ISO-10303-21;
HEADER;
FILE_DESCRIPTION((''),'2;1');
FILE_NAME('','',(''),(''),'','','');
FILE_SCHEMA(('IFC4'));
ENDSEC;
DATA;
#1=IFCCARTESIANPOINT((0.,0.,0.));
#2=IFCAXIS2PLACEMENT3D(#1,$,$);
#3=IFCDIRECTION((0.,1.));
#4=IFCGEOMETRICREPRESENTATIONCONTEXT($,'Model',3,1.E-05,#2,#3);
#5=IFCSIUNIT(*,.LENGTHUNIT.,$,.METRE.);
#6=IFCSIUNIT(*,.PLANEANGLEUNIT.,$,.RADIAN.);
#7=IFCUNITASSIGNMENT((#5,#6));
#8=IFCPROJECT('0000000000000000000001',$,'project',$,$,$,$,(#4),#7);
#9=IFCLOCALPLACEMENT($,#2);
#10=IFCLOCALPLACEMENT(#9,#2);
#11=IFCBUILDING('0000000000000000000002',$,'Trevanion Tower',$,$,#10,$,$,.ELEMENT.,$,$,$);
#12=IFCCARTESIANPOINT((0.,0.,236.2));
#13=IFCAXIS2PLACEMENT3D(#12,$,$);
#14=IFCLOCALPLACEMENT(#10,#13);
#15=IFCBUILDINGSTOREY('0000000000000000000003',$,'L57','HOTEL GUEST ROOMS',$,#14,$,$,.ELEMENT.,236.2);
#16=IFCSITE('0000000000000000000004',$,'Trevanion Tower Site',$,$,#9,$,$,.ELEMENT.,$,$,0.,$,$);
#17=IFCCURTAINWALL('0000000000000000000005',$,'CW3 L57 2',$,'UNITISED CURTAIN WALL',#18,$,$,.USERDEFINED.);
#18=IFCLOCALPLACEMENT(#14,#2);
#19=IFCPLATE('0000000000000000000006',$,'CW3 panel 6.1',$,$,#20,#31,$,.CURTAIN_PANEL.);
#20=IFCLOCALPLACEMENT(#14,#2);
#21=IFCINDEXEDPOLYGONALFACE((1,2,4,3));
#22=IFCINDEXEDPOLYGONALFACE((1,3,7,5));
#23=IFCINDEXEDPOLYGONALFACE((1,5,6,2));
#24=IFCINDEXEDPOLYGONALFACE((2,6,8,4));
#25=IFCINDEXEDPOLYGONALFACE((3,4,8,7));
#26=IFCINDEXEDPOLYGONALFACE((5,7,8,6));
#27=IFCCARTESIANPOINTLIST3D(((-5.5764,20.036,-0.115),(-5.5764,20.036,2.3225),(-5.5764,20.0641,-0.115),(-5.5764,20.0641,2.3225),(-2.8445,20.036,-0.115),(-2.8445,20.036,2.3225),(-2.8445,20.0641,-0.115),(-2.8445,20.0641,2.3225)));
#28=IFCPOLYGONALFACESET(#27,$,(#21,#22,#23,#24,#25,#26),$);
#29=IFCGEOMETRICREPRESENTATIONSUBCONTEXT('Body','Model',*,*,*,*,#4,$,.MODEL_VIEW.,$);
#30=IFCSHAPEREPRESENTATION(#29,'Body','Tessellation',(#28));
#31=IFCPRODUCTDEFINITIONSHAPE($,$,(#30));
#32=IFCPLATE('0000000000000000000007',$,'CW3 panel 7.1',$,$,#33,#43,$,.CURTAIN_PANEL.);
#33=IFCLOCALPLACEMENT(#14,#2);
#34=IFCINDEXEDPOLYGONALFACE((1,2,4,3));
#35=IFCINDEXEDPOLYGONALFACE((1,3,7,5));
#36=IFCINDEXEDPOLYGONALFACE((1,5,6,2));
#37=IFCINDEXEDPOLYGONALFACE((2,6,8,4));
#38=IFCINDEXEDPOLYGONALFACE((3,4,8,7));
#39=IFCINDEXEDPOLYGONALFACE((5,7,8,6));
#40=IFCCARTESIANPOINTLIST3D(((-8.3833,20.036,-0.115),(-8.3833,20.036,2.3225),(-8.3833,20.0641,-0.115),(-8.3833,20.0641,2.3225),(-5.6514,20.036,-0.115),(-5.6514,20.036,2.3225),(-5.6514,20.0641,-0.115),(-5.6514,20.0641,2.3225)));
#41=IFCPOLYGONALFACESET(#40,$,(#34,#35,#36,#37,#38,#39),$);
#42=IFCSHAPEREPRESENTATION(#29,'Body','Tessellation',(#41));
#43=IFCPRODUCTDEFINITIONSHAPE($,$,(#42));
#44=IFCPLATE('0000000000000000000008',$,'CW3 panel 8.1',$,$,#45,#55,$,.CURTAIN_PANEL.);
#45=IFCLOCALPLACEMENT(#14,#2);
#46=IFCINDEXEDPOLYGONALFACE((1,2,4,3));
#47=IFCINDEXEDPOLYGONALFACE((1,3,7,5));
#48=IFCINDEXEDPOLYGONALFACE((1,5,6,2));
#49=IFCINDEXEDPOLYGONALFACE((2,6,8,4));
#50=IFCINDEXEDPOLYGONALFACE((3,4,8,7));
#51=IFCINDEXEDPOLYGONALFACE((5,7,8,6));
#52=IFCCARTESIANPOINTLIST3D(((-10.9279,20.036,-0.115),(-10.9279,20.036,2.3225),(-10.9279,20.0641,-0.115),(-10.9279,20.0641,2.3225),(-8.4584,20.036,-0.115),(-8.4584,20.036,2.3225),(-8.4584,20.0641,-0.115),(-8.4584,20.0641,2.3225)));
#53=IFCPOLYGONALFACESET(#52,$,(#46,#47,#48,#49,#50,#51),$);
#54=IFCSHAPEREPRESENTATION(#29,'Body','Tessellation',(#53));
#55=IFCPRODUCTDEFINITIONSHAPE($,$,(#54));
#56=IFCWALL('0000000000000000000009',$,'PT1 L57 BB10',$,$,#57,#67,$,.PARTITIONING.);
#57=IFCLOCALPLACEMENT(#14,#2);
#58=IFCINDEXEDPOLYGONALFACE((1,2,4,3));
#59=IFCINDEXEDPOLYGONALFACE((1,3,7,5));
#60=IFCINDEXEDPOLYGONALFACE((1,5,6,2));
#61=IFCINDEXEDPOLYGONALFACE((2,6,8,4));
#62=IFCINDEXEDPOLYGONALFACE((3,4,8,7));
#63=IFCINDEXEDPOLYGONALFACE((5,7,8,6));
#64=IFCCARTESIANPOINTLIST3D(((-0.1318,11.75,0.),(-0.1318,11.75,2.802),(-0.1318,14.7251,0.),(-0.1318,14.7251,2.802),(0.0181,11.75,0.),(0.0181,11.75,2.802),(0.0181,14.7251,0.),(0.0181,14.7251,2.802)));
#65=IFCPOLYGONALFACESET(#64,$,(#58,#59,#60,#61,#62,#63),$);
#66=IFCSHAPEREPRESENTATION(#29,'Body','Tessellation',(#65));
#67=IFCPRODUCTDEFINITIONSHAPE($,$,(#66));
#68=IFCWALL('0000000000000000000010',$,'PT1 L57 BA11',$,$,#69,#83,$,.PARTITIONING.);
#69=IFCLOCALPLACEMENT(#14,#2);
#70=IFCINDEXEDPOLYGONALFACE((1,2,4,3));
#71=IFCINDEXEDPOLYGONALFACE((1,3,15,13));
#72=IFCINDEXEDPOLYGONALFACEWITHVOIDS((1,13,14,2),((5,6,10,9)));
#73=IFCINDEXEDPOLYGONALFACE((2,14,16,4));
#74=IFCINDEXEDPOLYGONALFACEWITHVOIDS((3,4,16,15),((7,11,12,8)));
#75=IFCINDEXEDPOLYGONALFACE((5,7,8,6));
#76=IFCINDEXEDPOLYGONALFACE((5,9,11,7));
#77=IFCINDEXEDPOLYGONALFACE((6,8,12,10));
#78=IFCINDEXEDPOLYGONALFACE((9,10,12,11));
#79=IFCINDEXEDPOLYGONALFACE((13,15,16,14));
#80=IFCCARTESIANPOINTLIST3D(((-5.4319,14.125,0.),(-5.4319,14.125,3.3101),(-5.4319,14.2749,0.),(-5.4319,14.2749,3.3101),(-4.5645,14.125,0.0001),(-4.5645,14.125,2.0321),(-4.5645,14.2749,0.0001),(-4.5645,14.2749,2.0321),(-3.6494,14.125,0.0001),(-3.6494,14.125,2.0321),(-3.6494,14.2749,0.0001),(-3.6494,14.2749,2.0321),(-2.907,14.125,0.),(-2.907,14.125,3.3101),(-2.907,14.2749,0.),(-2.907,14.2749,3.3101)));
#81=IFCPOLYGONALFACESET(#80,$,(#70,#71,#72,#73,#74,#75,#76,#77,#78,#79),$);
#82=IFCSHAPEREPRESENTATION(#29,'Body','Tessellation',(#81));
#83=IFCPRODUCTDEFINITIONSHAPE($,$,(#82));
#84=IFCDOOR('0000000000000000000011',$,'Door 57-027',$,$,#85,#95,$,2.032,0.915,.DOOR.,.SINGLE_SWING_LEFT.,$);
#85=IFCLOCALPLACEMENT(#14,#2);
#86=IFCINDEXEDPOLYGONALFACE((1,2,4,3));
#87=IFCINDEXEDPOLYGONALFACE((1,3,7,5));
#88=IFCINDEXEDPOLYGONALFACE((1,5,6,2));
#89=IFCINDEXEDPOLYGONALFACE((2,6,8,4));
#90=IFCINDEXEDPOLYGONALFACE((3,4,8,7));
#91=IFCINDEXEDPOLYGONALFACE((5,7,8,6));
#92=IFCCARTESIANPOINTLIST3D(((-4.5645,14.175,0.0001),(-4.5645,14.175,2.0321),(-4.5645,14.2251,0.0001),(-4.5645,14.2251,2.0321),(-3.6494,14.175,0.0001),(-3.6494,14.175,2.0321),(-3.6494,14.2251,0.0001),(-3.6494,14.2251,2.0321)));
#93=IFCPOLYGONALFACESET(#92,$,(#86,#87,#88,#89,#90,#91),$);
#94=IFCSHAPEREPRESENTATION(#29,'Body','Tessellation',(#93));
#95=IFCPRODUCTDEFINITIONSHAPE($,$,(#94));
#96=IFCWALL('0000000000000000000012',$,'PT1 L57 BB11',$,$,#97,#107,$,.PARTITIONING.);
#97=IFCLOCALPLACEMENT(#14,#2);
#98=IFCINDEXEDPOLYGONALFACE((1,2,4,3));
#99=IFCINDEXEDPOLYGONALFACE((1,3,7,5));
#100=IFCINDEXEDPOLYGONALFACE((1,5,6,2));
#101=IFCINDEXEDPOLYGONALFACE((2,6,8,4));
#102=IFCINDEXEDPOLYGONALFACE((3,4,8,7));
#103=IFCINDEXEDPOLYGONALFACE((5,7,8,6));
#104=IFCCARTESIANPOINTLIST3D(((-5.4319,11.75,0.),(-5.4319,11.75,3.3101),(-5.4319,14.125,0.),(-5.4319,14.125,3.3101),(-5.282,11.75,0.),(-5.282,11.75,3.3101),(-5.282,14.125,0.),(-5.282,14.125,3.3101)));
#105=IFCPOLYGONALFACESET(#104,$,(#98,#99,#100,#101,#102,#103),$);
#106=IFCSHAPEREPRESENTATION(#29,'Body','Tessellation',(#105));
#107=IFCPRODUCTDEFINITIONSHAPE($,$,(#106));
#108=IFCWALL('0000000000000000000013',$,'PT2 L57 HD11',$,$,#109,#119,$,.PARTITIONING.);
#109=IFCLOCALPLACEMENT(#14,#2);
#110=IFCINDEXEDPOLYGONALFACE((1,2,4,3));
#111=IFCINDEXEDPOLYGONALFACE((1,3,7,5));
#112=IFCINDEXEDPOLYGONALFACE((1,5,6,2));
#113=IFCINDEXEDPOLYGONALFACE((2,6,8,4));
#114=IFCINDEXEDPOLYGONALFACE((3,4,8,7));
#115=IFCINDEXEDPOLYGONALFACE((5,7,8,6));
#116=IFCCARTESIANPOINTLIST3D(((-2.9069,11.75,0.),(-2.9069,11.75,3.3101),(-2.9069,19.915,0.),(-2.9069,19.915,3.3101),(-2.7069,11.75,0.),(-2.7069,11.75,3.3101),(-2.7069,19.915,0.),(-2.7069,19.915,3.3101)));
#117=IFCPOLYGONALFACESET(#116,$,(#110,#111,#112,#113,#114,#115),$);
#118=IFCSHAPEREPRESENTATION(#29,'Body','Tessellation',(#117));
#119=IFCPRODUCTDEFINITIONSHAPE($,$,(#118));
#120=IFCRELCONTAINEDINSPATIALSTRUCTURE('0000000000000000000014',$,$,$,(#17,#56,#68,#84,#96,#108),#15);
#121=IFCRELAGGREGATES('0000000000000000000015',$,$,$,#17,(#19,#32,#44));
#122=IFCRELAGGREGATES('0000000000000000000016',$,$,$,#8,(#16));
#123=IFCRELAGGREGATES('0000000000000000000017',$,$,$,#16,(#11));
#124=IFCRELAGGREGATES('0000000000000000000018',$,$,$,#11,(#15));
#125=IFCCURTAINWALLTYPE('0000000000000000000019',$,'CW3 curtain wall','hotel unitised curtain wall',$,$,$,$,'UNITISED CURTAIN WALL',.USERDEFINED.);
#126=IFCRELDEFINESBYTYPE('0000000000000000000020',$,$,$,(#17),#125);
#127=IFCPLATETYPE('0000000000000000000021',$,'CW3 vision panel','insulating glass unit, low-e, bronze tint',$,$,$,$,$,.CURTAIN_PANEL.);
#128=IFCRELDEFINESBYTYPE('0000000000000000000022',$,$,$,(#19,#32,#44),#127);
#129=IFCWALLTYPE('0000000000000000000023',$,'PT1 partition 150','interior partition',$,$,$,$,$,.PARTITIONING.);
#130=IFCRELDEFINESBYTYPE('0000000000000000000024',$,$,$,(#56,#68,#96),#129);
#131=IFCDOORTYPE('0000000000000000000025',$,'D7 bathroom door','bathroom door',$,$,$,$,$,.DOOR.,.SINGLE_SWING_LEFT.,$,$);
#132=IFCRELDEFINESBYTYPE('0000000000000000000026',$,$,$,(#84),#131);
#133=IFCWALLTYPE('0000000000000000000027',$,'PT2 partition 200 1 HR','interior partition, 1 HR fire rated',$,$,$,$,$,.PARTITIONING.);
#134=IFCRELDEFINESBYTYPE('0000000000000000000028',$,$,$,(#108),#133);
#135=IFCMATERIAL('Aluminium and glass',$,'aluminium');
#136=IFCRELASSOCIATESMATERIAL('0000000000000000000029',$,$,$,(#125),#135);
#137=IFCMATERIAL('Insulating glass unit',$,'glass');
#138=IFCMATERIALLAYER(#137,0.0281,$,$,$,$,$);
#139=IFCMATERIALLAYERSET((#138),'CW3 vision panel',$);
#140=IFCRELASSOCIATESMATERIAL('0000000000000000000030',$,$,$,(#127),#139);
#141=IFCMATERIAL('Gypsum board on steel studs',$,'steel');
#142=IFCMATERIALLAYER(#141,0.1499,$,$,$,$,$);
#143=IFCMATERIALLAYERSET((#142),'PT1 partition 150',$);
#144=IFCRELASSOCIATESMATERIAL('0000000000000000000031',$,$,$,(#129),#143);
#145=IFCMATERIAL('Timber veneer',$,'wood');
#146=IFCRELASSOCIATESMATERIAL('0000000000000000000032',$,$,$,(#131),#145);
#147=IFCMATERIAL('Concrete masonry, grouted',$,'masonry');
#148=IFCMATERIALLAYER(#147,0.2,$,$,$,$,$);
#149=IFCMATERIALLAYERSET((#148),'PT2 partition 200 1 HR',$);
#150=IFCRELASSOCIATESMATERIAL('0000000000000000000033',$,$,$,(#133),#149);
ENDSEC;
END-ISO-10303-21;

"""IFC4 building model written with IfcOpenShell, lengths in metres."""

from ifc_helpers import new_model, si_unit, direction, frame, frame_2d, origin, origin_2d, place, context, subcontext, project, spatial, rectangle, extrude, material, layer, layer_set, type_object, element, fill, aggregate, save


model = new_model("IFC4")

# Units and contexts
model_context = context("Model", 3, precision=1e-05, world=origin(), true_north=direction((0.0, 1.0)))
body_context = subcontext(model_context, "Body", "Model", "MODEL_VIEW")
ifc_project = project(units=[si_unit("LENGTHUNIT", "METRE"), si_unit("PLANEANGLEUNIT", "RADIAN")], contexts=[model_context])

# Site, building, storey
site_placement = place(None, origin())
site = spatial("IfcSite", under=ifc_project, at=site_placement, Name="Trevanion Tower Site", CompositionType="ELEMENT", RefElevation=0.0)
building_placement = place(site_placement, origin())
building = spatial("IfcBuilding", under=site, at=building_placement, Name="Trevanion Tower", CompositionType="ELEMENT")
storey_placement = place(building_placement, frame((0.0, 0.0, 236.2)))
storey = spatial("IfcBuildingStorey", under=building, at=storey_placement, Name="L57", Description="HOTEL GUEST ROOMS", CompositionType="ELEMENT", Elevation=236.2)

# Curtain wall
ifc_material_1 = material(Name="Aluminium and glass", Category="aluminium")
curtain_wall_type = type_object("IfcCurtainWallType", Name="CW3 curtain wall", Description="hotel unitised curtain wall", ElementType="UNITISED CURTAIN WALL", PredefinedType="USERDEFINED", material=ifc_material_1)
curtain_wall_placement = place(storey_placement, origin())
curtain_wall = element("IfcCurtainWall", 1, at=curtain_wall_placement, inside=storey, type_object=curtain_wall_type, Name="CW3 L57 2", ObjectType="UNITISED CURTAIN WALL", PredefinedType="USERDEFINED")

# Plates
ifc_material_2 = material(Name="Insulating glass unit", Category="glass")
ifc_layer_1 = layer(ifc_material_2, 0.0281)
ifc_layer_set_1 = layer_set([ifc_layer_1], Name="CW3 vision panel")
plate_type_1 = type_object("IfcPlateType", Name="CW3 vision panel", Description="insulating glass unit, low-e, bronze tint", PredefinedType="CURTAIN_PANEL", material=ifc_layer_set_1)
plate_1_placement = place(storey_placement, frame((-4.2104, 20.05, -0.115), z_axis=(0.0, 0.0, 1.0), x_axis=(-1.0, 0.0, 0.0)))
plate_1 = element("IfcPlate", 2, at=plate_1_placement, type_object=plate_type_1, Name="CW3 panel 6.1", PredefinedType="CURTAIN_PANEL", context=body_context, shape_type="SweptSolid", body=[
    extrude(rectangle(XDim=2.7319, YDim=0.0281, at=origin_2d()), origin(), (0.0, 0.0, 1.0), 2.4375),
])
plate_2_placement = place(storey_placement, frame((-7.0173, 20.05, -0.115), z_axis=(0.0, 0.0, 1.0), x_axis=(-1.0, 0.0, 0.0)))
plate_2 = element("IfcPlate", 3, at=plate_2_placement, type_object=plate_type_1, Name="CW3 panel 7.1", PredefinedType="CURTAIN_PANEL", context=body_context, shape_type="SweptSolid", body=[
    extrude(rectangle(XDim=2.7319, YDim=0.0281, at=origin_2d()), origin(), (0.0, 0.0, 1.0), 2.4375),
])
plate_3_placement = place(storey_placement, frame((-9.6931, 20.05, -0.115), z_axis=(0.0, 0.0, 1.0), x_axis=(-1.0, 0.0, 0.0)))
plate_3 = element("IfcPlate", 4, at=plate_3_placement, type_object=plate_type_1, Name="CW3 panel 8.1", PredefinedType="CURTAIN_PANEL", context=body_context, shape_type="SweptSolid", body=[
    extrude(rectangle(XDim=2.4695, YDim=0.0281, at=origin_2d()), origin(), (0.0, 0.0, 1.0), 2.4375),
])
aggregate(curtain_wall, [plate_1, plate_2, plate_3])

# Wall
ifc_material_3 = material(Name="Gypsum board on steel studs", Category="steel")
ifc_layer_2 = layer(ifc_material_3, 0.1499)
ifc_layer_set_2 = layer_set([ifc_layer_2], Name="PT1 partition 150")
wall_type_1 = type_object("IfcWallType", Name="PT1 partition 150", Description="interior partition", PredefinedType="PARTITIONING", material=ifc_layer_set_2)
wall_1_placement = place(storey_placement, frame((-0.0569, 11.75, 0.0), z_axis=(0.0, 0.0, 1.0), x_axis=(0.0, 1.0, 0.0)))
element("IfcWall", 5, at=wall_1_placement, inside=storey, type_object=wall_type_1, Name="PT1 L57 BB10", PredefinedType="PARTITIONING", context=body_context, shape_type="SweptSolid", body=[
    extrude(rectangle(XDim=2.9751, YDim=0.1499, at=frame_2d((1.4875, 0.0))), origin(), (0.0, 0.0, 1.0), 2.802),
])

# Wall, opening, door
wall_2_placement = place(storey_placement, frame((-2.907, 14.2, 0.0), z_axis=(0.0, 0.0, 1.0), x_axis=(-1.0, 0.0, 0.0)))
wall_2 = element("IfcWall", 6, at=wall_2_placement, inside=storey, type_object=wall_type_1, Name="PT1 L57 BA11", PredefinedType="PARTITIONING", context=body_context, shape_type="SweptSolid", body=[
    extrude(rectangle(XDim=2.5249, YDim=0.1499, at=frame_2d((1.2625, 0.0))), origin(), (0.0, 0.0, 1.0), 3.3101),
])
opening_placement = place(wall_2_placement, frame((0.7424, 0.0, 0.0)))
opening = element("IfcOpeningElement", 7, at=opening_placement, cuts=wall_2, PredefinedType="OPENING", context=body_context, shape_type="SweptSolid", body=[
    extrude(rectangle(XDim=0.915, YDim=2.032, at=frame_2d((0.4575, 1.0161))), frame((0.0, 0.085, 0.0), z_axis=(0.0, -1.0, 0.0), x_axis=(1.0, 0.0, 0.0)), (0.0, 0.0, 1.0), 0.1699),
])
ifc_material_4 = material(Name="Timber veneer", Category="wood")
door_type = type_object("IfcDoorType", Name="D7 bathroom door", Description="bathroom door", OperationType="SINGLE_SWING_LEFT", PredefinedType="DOOR", material=ifc_material_4)
door_placement = place(opening_placement, origin())
door = element("IfcDoor", 8, at=door_placement, inside=storey, type_object=door_type, Name="Door 57-027", OperationType="SINGLE_SWING_LEFT", OverallHeight=2.032, OverallWidth=0.915, PredefinedType="DOOR", context=body_context, shape_type="SweptSolid", body=[
    extrude(rectangle(XDim=0.915, YDim=2.032, at=frame_2d((0.4575, 1.0161))), frame((0.0, 0.0249, 0.0), z_axis=(0.0, -1.0, 0.0), x_axis=(1.0, 0.0, 0.0)), (0.0, 0.0, 1.0), 0.05),
])
fill(opening, door)

# Walls
wall_3_placement = place(storey_placement, frame((-5.3569, 11.75, 0.0), z_axis=(0.0, 0.0, 1.0), x_axis=(0.0, 1.0, 0.0)))
element("IfcWall", 9, at=wall_3_placement, inside=storey, type_object=wall_type_1, Name="PT1 L57 BB11", PredefinedType="PARTITIONING", context=body_context, shape_type="SweptSolid", body=[
    extrude(rectangle(XDim=2.375, YDim=0.1499, at=frame_2d((1.1875, 0.0))), origin(), (0.0, 0.0, 1.0), 3.3101),
])
ifc_material_5 = material(Name="Concrete masonry, grouted", Category="masonry")
ifc_layer_3 = layer(ifc_material_5, 0.2)
ifc_layer_set_3 = layer_set([ifc_layer_3], Name="PT2 partition 200 1 HR")
wall_type_2 = type_object("IfcWallType", Name="PT2 partition 200 1 HR", Description="interior partition, 1 HR fire rated", PredefinedType="PARTITIONING", material=ifc_layer_set_3)
wall_4_placement = place(storey_placement, frame((-2.8069, 11.75, 0.0), z_axis=(0.0, 0.0, 1.0), x_axis=(0.0, 1.0, 0.0)))
element("IfcWall", 10, at=wall_4_placement, inside=storey, type_object=wall_type_2, Name="PT2 L57 HD11", PredefinedType="PARTITIONING", context=body_context, shape_type="SweptSolid", body=[
    extrude(rectangle(XDim=8.165, YDim=0.2, at=frame_2d((4.0825, 0.0))), origin(), (0.0, 0.0, 1.0), 3.3101),
])

save(model, "model.ifc")
